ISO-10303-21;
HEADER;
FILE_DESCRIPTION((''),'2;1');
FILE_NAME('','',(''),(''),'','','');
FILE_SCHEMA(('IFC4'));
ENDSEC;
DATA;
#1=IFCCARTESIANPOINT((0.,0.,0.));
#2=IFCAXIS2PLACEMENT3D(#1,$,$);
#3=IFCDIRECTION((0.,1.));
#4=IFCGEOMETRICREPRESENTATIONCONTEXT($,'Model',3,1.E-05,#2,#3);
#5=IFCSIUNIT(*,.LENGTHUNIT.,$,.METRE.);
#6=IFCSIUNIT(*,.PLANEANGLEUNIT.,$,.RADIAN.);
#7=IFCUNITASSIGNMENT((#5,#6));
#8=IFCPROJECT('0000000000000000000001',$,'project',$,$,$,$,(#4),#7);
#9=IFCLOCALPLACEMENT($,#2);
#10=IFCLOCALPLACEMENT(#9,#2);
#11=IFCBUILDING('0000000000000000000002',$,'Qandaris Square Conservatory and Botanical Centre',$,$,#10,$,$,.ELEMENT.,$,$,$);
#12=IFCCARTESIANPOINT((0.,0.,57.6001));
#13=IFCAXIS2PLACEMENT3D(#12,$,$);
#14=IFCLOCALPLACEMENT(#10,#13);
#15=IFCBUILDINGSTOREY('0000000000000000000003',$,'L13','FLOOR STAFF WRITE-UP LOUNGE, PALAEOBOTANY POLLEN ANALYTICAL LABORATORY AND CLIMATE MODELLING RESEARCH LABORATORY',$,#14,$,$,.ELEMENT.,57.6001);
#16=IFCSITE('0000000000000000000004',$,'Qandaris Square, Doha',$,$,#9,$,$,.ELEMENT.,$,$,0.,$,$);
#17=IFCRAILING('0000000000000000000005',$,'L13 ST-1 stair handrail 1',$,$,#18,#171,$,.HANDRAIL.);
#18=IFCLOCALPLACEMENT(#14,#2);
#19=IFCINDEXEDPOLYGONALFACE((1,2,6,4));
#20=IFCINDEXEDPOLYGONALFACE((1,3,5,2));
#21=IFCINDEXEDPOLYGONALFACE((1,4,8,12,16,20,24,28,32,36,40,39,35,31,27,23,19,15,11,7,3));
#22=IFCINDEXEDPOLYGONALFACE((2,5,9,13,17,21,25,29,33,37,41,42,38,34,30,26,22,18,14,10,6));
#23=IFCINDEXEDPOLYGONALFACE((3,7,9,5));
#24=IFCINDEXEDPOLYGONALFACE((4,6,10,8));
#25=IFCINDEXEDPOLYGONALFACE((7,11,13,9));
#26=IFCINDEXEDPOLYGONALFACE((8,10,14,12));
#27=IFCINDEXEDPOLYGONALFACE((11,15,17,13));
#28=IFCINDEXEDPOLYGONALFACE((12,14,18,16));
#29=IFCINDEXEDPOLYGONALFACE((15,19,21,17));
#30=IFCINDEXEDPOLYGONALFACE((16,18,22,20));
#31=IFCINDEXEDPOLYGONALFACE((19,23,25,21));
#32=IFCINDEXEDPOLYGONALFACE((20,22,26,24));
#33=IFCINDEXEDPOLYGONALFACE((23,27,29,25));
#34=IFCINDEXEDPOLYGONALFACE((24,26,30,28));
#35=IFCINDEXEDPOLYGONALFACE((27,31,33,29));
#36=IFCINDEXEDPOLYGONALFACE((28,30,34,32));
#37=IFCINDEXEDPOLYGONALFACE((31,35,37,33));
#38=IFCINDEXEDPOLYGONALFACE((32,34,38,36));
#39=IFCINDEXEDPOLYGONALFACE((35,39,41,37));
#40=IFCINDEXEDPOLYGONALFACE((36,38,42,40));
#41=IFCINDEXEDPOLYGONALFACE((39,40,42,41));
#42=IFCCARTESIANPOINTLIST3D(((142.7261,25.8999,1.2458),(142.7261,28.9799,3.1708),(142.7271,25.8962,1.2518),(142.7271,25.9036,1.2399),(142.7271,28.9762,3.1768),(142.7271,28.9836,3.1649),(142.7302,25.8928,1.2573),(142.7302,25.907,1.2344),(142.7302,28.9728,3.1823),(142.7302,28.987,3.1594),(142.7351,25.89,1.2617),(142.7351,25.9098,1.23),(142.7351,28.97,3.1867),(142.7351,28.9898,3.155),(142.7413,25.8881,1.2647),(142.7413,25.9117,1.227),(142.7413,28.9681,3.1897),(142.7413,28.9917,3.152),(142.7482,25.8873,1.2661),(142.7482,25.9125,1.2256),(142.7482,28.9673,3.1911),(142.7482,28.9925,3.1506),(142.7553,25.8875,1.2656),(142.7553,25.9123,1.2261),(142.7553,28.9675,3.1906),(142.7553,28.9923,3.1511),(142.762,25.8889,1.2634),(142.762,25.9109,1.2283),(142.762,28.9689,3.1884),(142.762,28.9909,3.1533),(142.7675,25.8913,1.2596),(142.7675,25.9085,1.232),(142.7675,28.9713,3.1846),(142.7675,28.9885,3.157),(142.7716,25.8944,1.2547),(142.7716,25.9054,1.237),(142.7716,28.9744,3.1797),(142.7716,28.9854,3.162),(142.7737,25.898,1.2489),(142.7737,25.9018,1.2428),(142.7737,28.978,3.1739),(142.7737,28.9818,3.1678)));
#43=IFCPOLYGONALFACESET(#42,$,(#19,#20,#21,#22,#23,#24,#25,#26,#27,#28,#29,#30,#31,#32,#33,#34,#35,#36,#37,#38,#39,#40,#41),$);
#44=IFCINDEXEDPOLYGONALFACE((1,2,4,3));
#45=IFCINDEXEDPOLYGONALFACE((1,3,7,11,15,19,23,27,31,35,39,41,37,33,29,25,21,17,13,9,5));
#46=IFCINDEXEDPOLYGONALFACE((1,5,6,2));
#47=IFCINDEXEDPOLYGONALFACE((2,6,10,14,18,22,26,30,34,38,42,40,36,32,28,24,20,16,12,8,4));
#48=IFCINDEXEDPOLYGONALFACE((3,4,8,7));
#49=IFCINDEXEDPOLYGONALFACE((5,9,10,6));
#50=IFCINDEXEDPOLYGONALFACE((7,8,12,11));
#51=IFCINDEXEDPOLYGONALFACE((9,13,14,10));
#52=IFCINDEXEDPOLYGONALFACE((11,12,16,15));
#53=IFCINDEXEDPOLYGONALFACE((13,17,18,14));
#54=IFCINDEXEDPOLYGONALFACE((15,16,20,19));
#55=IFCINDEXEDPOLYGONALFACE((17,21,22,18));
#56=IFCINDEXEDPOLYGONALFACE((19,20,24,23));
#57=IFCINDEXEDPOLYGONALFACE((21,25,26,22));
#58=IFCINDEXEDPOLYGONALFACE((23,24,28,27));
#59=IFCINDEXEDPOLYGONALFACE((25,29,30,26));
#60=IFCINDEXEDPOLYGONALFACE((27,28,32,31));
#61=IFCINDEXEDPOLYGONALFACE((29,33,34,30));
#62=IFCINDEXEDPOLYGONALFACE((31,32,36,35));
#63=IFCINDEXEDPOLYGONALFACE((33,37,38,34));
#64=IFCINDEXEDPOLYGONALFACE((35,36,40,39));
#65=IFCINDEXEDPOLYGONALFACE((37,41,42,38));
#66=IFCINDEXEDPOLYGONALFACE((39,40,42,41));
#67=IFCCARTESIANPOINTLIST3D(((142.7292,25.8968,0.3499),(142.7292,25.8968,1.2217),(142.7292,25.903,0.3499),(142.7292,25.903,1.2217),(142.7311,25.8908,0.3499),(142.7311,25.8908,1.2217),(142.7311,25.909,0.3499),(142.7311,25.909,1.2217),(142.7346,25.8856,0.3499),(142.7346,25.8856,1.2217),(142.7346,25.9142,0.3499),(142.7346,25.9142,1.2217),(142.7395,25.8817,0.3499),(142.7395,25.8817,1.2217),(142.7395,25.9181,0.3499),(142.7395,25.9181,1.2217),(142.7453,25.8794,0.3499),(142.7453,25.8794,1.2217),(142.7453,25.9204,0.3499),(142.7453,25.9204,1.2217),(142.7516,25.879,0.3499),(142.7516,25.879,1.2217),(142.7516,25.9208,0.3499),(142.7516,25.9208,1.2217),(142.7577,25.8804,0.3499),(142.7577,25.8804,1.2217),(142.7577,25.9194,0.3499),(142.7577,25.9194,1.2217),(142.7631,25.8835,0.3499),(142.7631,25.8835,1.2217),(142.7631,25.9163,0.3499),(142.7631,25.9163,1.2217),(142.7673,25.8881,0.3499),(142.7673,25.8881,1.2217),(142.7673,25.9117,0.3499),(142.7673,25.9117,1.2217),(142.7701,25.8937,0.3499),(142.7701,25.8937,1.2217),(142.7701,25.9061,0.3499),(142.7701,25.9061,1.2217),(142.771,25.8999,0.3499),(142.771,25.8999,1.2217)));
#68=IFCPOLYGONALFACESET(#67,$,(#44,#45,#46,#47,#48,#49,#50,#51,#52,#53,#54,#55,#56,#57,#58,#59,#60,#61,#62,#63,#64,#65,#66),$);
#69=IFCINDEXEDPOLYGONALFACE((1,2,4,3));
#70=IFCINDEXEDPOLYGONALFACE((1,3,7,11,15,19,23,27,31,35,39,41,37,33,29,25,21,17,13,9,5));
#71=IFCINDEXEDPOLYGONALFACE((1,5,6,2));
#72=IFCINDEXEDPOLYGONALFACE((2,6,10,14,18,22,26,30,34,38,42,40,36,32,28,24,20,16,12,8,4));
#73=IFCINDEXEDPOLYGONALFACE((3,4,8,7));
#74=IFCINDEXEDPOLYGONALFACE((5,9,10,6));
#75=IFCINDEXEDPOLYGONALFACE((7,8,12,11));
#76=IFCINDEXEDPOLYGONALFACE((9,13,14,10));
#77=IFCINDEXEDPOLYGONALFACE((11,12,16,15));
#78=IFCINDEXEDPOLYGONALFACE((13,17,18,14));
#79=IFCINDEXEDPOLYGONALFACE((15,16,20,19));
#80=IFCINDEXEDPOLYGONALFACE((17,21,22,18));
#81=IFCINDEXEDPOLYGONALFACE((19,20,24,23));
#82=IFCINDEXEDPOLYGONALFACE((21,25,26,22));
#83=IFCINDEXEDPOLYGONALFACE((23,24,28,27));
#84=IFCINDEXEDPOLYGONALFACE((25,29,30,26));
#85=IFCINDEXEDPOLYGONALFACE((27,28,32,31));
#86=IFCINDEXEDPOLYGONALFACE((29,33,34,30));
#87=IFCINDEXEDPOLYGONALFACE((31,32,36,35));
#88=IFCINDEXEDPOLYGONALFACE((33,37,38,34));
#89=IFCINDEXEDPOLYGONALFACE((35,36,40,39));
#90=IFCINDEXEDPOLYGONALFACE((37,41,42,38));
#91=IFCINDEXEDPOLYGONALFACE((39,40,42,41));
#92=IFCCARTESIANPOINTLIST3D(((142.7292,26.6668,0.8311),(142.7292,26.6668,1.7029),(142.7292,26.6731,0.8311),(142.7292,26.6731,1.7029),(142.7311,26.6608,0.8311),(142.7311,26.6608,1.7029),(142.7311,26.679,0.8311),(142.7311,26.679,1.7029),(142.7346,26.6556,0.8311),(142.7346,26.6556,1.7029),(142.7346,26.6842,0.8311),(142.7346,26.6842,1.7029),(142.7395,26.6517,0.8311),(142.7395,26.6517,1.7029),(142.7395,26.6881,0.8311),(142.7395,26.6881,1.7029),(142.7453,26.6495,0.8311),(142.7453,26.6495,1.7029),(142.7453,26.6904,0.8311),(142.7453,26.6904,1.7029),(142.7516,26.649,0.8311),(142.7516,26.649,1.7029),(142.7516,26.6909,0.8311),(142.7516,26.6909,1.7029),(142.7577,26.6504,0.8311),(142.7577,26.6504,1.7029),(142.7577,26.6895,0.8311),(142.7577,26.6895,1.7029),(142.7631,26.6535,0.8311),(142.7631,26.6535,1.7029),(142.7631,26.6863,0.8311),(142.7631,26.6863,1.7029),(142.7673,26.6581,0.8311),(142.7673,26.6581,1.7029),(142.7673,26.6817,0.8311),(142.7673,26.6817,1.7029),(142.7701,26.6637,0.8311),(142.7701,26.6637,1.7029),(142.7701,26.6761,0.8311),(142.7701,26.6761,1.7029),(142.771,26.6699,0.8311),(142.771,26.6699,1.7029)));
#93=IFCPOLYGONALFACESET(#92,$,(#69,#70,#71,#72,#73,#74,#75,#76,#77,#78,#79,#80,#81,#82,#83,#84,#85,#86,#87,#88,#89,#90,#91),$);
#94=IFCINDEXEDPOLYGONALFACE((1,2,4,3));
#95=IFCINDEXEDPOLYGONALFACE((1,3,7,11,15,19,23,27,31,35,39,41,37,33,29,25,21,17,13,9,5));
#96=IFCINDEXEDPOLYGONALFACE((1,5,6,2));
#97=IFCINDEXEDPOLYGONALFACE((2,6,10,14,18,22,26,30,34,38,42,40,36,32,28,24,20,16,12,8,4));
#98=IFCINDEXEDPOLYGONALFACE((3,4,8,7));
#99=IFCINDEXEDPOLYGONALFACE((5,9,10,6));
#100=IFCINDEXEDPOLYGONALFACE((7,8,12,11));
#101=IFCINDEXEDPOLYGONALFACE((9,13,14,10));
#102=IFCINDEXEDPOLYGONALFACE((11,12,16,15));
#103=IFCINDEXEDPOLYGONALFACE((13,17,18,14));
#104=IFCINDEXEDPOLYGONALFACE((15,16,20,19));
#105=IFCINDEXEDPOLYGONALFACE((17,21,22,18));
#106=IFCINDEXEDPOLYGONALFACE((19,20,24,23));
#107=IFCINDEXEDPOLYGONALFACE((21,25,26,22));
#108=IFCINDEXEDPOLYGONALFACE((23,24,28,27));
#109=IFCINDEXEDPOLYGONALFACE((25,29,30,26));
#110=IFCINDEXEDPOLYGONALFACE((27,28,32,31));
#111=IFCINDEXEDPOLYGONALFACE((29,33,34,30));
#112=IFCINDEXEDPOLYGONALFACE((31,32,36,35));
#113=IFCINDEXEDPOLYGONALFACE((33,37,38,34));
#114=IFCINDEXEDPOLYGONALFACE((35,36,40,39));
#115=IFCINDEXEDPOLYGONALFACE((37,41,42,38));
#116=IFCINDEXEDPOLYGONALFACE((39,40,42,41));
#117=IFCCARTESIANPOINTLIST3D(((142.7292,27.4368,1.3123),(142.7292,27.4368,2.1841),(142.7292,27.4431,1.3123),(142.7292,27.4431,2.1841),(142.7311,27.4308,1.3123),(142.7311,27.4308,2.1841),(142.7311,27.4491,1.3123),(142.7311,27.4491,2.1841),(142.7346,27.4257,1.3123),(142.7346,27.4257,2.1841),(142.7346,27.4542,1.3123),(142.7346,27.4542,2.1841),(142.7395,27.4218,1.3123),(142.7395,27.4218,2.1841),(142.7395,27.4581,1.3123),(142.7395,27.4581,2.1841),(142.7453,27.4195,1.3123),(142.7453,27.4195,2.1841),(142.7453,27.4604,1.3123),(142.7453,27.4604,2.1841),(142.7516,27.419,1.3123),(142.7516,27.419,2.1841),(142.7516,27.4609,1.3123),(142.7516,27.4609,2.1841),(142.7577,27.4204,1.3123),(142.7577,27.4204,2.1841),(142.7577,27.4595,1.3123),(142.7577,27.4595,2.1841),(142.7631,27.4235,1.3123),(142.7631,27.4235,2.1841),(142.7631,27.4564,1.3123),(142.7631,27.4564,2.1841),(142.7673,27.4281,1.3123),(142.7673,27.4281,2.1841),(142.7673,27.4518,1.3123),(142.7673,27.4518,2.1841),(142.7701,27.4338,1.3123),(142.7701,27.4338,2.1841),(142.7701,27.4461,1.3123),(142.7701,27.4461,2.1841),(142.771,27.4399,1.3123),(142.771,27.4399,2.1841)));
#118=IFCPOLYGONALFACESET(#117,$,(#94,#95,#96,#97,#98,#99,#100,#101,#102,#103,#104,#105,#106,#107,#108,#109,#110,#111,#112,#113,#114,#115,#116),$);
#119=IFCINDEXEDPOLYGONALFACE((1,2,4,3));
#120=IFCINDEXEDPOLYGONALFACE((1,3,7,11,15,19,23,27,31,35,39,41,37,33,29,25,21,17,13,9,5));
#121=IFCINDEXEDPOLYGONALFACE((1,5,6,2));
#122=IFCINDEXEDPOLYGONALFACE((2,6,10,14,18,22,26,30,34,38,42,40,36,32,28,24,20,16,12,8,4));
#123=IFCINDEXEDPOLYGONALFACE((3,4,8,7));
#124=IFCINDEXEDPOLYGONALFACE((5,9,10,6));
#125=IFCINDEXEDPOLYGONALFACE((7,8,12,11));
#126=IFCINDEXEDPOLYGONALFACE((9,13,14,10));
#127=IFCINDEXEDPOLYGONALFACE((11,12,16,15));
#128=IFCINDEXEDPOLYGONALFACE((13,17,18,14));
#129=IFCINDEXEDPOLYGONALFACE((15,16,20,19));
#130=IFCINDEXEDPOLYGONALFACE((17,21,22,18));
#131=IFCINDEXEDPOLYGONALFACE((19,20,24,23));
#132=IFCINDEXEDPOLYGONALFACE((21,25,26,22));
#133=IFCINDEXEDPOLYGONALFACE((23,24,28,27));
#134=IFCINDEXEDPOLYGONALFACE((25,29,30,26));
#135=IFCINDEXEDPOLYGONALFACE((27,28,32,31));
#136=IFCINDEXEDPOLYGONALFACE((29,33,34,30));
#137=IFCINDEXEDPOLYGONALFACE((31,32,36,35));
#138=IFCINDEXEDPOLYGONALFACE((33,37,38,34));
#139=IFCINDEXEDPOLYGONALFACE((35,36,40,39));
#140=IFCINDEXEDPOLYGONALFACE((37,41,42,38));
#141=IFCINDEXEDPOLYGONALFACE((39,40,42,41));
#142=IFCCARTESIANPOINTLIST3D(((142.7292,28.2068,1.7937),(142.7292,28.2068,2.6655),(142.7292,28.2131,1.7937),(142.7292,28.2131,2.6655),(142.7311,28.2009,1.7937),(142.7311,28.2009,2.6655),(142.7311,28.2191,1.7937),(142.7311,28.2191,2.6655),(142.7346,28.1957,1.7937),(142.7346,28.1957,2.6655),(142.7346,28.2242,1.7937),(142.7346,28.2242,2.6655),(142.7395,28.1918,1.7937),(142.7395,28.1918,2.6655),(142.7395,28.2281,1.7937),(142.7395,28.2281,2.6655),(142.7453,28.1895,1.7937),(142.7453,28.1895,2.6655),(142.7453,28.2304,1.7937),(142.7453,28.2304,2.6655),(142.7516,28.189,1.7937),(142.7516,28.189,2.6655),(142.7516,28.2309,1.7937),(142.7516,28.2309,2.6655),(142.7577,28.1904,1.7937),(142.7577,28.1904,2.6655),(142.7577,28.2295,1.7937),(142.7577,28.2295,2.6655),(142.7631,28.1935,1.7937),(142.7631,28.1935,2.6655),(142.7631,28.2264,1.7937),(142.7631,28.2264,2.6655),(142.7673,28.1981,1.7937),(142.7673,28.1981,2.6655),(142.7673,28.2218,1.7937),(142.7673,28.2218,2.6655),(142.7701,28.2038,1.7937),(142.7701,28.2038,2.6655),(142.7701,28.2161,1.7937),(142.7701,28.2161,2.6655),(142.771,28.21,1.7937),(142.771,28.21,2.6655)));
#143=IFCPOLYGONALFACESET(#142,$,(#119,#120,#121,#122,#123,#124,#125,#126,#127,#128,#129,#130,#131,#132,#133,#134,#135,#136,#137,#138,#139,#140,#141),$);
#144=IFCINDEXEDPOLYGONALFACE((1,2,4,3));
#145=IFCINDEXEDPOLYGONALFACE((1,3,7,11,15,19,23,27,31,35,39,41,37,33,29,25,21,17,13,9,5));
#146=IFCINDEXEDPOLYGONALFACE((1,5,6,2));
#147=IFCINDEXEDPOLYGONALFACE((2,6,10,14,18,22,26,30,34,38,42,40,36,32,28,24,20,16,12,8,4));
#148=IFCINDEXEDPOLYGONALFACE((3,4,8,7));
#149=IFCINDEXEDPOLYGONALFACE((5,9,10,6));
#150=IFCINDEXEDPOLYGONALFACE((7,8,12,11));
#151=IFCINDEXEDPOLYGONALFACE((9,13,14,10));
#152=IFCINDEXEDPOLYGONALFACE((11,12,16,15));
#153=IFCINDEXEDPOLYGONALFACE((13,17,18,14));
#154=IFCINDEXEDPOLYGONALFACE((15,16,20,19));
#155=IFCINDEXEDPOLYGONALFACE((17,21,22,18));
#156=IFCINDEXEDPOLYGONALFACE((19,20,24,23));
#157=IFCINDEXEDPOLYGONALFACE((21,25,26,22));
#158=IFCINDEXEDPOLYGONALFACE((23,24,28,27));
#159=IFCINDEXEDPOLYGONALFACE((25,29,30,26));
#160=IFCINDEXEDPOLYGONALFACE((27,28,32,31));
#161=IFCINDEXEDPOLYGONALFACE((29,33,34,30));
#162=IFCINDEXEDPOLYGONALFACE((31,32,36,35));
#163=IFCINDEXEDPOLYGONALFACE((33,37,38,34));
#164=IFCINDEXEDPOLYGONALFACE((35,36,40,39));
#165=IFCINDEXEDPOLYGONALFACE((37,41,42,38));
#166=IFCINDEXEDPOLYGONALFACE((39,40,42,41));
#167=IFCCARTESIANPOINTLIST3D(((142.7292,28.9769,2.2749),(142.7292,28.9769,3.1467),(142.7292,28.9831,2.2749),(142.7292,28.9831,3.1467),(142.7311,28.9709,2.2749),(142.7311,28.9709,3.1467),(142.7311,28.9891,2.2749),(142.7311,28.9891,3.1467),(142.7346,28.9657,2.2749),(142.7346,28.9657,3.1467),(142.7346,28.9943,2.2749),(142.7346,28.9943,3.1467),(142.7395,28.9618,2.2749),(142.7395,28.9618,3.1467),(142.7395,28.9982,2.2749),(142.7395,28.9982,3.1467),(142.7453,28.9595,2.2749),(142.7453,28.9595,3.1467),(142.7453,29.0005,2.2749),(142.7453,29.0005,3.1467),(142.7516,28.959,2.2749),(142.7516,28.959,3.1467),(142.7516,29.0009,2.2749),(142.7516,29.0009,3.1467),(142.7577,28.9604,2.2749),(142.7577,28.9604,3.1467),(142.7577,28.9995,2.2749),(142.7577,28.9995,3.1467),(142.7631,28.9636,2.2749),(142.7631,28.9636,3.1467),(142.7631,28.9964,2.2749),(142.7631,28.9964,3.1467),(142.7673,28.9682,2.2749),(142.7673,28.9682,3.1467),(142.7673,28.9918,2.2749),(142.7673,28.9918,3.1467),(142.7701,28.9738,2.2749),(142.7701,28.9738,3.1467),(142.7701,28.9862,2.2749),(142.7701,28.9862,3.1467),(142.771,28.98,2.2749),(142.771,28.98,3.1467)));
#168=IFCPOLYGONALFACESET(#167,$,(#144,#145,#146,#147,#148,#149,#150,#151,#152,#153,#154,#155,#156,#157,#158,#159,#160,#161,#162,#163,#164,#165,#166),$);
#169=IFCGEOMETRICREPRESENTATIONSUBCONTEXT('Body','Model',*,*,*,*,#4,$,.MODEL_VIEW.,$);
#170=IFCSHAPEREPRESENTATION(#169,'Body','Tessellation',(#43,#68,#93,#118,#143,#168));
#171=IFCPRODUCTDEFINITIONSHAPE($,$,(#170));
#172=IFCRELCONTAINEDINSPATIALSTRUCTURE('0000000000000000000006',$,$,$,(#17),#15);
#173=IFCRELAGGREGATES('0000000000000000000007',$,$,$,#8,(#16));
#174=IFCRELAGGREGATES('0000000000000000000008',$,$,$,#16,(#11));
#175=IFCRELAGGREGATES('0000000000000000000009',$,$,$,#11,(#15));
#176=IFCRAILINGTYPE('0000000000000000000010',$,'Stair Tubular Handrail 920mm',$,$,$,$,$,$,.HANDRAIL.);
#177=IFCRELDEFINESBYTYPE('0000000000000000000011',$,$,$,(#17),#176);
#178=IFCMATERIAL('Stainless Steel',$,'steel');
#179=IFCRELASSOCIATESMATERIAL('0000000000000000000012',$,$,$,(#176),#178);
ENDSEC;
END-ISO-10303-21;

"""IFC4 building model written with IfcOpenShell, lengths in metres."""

from ifc_helpers import new_model, si_unit, direction, frame, origin, origin_2d, place, context, subcontext, project, spatial, circle, extrude, material, type_object, element, save


model = new_model("IFC4")

# Units and contexts
model_context = context("Model", 3, precision=1e-05, world=origin(), true_north=direction((0.0, 1.0)))
body_context = subcontext(model_context, "Body", "Model", "MODEL_VIEW")
ifc_project = project(units=[si_unit("LENGTHUNIT", "METRE"), si_unit("PLANEANGLEUNIT", "RADIAN")], contexts=[model_context])

# Site, building, storey
site_placement = place(None, origin())
site = spatial("IfcSite", under=ifc_project, at=site_placement, Name="Qandaris Square, Doha", CompositionType="ELEMENT", RefElevation=0.0)
building_placement = place(site_placement, origin())
building = spatial("IfcBuilding", under=site, at=building_placement, Name="Qandaris Square Conservatory and Botanical Centre", CompositionType="ELEMENT")
storey_placement = place(building_placement, frame((0.0, 0.0, 57.6001)))
storey = spatial("IfcBuildingStorey", under=building, at=storey_placement, Name="L13", Description="FLOOR STAFF WRITE-UP LOUNGE, PALAEOBOTANY POLLEN ANALYTICAL LABORATORY AND CLIMATE MODELLING RESEARCH LABORATORY", CompositionType="ELEMENT", Elevation=57.6001)

# Railing
ifc_material_1 = material(Name="Stainless Steel", Category="steel")
railing_type_1 = type_object("IfcRailingType", Name="Stair Tubular Handrail 920mm", PredefinedType="HANDRAIL", material=ifc_material_1)
railing_1_placement = place(storey_placement, frame((142.75, 25.8999, 0.3499)))
element("IfcRailing", 1, at=railing_1_placement, inside=storey, type_object=railing_type_1, Name="L13 ST-1 stair handrail 1", PredefinedType="HANDRAIL", context=body_context, shape_type="SweptSolid", body=[
    extrude(circle(Radius=0.0239, at=origin_2d()), frame((0.0, 0.0, 0.896), z_axis=(0.0, 0.847998, 0.529999), x_axis=(-1.0, 0.0, 0.0)), (0.0, 0.0, 1.0), 3.6321),
    extrude(circle(Radius=0.021, at=origin_2d()), origin(), (0.0, 0.0, 1.0), 0.8718),
    extrude(circle(Radius=0.021, at=origin_2d()), frame((0.0, 0.77, 0.4812)), (0.0, 0.0, 1.0), 0.8718),
    extrude(circle(Radius=0.021, at=origin_2d()), frame((0.0, 1.54, 0.9624)), (0.0, 0.0, 1.0), 0.8718),
    extrude(circle(Radius=0.021, at=origin_2d()), frame((0.0, 2.3101, 1.4438)), (0.0, 0.0, 1.0), 0.8718),
    extrude(circle(Radius=0.021, at=origin_2d()), frame((0.0, 3.0801, 1.925)), (0.0, 0.0, 1.0), 0.8718),
])

save(model, "model.ifc")
